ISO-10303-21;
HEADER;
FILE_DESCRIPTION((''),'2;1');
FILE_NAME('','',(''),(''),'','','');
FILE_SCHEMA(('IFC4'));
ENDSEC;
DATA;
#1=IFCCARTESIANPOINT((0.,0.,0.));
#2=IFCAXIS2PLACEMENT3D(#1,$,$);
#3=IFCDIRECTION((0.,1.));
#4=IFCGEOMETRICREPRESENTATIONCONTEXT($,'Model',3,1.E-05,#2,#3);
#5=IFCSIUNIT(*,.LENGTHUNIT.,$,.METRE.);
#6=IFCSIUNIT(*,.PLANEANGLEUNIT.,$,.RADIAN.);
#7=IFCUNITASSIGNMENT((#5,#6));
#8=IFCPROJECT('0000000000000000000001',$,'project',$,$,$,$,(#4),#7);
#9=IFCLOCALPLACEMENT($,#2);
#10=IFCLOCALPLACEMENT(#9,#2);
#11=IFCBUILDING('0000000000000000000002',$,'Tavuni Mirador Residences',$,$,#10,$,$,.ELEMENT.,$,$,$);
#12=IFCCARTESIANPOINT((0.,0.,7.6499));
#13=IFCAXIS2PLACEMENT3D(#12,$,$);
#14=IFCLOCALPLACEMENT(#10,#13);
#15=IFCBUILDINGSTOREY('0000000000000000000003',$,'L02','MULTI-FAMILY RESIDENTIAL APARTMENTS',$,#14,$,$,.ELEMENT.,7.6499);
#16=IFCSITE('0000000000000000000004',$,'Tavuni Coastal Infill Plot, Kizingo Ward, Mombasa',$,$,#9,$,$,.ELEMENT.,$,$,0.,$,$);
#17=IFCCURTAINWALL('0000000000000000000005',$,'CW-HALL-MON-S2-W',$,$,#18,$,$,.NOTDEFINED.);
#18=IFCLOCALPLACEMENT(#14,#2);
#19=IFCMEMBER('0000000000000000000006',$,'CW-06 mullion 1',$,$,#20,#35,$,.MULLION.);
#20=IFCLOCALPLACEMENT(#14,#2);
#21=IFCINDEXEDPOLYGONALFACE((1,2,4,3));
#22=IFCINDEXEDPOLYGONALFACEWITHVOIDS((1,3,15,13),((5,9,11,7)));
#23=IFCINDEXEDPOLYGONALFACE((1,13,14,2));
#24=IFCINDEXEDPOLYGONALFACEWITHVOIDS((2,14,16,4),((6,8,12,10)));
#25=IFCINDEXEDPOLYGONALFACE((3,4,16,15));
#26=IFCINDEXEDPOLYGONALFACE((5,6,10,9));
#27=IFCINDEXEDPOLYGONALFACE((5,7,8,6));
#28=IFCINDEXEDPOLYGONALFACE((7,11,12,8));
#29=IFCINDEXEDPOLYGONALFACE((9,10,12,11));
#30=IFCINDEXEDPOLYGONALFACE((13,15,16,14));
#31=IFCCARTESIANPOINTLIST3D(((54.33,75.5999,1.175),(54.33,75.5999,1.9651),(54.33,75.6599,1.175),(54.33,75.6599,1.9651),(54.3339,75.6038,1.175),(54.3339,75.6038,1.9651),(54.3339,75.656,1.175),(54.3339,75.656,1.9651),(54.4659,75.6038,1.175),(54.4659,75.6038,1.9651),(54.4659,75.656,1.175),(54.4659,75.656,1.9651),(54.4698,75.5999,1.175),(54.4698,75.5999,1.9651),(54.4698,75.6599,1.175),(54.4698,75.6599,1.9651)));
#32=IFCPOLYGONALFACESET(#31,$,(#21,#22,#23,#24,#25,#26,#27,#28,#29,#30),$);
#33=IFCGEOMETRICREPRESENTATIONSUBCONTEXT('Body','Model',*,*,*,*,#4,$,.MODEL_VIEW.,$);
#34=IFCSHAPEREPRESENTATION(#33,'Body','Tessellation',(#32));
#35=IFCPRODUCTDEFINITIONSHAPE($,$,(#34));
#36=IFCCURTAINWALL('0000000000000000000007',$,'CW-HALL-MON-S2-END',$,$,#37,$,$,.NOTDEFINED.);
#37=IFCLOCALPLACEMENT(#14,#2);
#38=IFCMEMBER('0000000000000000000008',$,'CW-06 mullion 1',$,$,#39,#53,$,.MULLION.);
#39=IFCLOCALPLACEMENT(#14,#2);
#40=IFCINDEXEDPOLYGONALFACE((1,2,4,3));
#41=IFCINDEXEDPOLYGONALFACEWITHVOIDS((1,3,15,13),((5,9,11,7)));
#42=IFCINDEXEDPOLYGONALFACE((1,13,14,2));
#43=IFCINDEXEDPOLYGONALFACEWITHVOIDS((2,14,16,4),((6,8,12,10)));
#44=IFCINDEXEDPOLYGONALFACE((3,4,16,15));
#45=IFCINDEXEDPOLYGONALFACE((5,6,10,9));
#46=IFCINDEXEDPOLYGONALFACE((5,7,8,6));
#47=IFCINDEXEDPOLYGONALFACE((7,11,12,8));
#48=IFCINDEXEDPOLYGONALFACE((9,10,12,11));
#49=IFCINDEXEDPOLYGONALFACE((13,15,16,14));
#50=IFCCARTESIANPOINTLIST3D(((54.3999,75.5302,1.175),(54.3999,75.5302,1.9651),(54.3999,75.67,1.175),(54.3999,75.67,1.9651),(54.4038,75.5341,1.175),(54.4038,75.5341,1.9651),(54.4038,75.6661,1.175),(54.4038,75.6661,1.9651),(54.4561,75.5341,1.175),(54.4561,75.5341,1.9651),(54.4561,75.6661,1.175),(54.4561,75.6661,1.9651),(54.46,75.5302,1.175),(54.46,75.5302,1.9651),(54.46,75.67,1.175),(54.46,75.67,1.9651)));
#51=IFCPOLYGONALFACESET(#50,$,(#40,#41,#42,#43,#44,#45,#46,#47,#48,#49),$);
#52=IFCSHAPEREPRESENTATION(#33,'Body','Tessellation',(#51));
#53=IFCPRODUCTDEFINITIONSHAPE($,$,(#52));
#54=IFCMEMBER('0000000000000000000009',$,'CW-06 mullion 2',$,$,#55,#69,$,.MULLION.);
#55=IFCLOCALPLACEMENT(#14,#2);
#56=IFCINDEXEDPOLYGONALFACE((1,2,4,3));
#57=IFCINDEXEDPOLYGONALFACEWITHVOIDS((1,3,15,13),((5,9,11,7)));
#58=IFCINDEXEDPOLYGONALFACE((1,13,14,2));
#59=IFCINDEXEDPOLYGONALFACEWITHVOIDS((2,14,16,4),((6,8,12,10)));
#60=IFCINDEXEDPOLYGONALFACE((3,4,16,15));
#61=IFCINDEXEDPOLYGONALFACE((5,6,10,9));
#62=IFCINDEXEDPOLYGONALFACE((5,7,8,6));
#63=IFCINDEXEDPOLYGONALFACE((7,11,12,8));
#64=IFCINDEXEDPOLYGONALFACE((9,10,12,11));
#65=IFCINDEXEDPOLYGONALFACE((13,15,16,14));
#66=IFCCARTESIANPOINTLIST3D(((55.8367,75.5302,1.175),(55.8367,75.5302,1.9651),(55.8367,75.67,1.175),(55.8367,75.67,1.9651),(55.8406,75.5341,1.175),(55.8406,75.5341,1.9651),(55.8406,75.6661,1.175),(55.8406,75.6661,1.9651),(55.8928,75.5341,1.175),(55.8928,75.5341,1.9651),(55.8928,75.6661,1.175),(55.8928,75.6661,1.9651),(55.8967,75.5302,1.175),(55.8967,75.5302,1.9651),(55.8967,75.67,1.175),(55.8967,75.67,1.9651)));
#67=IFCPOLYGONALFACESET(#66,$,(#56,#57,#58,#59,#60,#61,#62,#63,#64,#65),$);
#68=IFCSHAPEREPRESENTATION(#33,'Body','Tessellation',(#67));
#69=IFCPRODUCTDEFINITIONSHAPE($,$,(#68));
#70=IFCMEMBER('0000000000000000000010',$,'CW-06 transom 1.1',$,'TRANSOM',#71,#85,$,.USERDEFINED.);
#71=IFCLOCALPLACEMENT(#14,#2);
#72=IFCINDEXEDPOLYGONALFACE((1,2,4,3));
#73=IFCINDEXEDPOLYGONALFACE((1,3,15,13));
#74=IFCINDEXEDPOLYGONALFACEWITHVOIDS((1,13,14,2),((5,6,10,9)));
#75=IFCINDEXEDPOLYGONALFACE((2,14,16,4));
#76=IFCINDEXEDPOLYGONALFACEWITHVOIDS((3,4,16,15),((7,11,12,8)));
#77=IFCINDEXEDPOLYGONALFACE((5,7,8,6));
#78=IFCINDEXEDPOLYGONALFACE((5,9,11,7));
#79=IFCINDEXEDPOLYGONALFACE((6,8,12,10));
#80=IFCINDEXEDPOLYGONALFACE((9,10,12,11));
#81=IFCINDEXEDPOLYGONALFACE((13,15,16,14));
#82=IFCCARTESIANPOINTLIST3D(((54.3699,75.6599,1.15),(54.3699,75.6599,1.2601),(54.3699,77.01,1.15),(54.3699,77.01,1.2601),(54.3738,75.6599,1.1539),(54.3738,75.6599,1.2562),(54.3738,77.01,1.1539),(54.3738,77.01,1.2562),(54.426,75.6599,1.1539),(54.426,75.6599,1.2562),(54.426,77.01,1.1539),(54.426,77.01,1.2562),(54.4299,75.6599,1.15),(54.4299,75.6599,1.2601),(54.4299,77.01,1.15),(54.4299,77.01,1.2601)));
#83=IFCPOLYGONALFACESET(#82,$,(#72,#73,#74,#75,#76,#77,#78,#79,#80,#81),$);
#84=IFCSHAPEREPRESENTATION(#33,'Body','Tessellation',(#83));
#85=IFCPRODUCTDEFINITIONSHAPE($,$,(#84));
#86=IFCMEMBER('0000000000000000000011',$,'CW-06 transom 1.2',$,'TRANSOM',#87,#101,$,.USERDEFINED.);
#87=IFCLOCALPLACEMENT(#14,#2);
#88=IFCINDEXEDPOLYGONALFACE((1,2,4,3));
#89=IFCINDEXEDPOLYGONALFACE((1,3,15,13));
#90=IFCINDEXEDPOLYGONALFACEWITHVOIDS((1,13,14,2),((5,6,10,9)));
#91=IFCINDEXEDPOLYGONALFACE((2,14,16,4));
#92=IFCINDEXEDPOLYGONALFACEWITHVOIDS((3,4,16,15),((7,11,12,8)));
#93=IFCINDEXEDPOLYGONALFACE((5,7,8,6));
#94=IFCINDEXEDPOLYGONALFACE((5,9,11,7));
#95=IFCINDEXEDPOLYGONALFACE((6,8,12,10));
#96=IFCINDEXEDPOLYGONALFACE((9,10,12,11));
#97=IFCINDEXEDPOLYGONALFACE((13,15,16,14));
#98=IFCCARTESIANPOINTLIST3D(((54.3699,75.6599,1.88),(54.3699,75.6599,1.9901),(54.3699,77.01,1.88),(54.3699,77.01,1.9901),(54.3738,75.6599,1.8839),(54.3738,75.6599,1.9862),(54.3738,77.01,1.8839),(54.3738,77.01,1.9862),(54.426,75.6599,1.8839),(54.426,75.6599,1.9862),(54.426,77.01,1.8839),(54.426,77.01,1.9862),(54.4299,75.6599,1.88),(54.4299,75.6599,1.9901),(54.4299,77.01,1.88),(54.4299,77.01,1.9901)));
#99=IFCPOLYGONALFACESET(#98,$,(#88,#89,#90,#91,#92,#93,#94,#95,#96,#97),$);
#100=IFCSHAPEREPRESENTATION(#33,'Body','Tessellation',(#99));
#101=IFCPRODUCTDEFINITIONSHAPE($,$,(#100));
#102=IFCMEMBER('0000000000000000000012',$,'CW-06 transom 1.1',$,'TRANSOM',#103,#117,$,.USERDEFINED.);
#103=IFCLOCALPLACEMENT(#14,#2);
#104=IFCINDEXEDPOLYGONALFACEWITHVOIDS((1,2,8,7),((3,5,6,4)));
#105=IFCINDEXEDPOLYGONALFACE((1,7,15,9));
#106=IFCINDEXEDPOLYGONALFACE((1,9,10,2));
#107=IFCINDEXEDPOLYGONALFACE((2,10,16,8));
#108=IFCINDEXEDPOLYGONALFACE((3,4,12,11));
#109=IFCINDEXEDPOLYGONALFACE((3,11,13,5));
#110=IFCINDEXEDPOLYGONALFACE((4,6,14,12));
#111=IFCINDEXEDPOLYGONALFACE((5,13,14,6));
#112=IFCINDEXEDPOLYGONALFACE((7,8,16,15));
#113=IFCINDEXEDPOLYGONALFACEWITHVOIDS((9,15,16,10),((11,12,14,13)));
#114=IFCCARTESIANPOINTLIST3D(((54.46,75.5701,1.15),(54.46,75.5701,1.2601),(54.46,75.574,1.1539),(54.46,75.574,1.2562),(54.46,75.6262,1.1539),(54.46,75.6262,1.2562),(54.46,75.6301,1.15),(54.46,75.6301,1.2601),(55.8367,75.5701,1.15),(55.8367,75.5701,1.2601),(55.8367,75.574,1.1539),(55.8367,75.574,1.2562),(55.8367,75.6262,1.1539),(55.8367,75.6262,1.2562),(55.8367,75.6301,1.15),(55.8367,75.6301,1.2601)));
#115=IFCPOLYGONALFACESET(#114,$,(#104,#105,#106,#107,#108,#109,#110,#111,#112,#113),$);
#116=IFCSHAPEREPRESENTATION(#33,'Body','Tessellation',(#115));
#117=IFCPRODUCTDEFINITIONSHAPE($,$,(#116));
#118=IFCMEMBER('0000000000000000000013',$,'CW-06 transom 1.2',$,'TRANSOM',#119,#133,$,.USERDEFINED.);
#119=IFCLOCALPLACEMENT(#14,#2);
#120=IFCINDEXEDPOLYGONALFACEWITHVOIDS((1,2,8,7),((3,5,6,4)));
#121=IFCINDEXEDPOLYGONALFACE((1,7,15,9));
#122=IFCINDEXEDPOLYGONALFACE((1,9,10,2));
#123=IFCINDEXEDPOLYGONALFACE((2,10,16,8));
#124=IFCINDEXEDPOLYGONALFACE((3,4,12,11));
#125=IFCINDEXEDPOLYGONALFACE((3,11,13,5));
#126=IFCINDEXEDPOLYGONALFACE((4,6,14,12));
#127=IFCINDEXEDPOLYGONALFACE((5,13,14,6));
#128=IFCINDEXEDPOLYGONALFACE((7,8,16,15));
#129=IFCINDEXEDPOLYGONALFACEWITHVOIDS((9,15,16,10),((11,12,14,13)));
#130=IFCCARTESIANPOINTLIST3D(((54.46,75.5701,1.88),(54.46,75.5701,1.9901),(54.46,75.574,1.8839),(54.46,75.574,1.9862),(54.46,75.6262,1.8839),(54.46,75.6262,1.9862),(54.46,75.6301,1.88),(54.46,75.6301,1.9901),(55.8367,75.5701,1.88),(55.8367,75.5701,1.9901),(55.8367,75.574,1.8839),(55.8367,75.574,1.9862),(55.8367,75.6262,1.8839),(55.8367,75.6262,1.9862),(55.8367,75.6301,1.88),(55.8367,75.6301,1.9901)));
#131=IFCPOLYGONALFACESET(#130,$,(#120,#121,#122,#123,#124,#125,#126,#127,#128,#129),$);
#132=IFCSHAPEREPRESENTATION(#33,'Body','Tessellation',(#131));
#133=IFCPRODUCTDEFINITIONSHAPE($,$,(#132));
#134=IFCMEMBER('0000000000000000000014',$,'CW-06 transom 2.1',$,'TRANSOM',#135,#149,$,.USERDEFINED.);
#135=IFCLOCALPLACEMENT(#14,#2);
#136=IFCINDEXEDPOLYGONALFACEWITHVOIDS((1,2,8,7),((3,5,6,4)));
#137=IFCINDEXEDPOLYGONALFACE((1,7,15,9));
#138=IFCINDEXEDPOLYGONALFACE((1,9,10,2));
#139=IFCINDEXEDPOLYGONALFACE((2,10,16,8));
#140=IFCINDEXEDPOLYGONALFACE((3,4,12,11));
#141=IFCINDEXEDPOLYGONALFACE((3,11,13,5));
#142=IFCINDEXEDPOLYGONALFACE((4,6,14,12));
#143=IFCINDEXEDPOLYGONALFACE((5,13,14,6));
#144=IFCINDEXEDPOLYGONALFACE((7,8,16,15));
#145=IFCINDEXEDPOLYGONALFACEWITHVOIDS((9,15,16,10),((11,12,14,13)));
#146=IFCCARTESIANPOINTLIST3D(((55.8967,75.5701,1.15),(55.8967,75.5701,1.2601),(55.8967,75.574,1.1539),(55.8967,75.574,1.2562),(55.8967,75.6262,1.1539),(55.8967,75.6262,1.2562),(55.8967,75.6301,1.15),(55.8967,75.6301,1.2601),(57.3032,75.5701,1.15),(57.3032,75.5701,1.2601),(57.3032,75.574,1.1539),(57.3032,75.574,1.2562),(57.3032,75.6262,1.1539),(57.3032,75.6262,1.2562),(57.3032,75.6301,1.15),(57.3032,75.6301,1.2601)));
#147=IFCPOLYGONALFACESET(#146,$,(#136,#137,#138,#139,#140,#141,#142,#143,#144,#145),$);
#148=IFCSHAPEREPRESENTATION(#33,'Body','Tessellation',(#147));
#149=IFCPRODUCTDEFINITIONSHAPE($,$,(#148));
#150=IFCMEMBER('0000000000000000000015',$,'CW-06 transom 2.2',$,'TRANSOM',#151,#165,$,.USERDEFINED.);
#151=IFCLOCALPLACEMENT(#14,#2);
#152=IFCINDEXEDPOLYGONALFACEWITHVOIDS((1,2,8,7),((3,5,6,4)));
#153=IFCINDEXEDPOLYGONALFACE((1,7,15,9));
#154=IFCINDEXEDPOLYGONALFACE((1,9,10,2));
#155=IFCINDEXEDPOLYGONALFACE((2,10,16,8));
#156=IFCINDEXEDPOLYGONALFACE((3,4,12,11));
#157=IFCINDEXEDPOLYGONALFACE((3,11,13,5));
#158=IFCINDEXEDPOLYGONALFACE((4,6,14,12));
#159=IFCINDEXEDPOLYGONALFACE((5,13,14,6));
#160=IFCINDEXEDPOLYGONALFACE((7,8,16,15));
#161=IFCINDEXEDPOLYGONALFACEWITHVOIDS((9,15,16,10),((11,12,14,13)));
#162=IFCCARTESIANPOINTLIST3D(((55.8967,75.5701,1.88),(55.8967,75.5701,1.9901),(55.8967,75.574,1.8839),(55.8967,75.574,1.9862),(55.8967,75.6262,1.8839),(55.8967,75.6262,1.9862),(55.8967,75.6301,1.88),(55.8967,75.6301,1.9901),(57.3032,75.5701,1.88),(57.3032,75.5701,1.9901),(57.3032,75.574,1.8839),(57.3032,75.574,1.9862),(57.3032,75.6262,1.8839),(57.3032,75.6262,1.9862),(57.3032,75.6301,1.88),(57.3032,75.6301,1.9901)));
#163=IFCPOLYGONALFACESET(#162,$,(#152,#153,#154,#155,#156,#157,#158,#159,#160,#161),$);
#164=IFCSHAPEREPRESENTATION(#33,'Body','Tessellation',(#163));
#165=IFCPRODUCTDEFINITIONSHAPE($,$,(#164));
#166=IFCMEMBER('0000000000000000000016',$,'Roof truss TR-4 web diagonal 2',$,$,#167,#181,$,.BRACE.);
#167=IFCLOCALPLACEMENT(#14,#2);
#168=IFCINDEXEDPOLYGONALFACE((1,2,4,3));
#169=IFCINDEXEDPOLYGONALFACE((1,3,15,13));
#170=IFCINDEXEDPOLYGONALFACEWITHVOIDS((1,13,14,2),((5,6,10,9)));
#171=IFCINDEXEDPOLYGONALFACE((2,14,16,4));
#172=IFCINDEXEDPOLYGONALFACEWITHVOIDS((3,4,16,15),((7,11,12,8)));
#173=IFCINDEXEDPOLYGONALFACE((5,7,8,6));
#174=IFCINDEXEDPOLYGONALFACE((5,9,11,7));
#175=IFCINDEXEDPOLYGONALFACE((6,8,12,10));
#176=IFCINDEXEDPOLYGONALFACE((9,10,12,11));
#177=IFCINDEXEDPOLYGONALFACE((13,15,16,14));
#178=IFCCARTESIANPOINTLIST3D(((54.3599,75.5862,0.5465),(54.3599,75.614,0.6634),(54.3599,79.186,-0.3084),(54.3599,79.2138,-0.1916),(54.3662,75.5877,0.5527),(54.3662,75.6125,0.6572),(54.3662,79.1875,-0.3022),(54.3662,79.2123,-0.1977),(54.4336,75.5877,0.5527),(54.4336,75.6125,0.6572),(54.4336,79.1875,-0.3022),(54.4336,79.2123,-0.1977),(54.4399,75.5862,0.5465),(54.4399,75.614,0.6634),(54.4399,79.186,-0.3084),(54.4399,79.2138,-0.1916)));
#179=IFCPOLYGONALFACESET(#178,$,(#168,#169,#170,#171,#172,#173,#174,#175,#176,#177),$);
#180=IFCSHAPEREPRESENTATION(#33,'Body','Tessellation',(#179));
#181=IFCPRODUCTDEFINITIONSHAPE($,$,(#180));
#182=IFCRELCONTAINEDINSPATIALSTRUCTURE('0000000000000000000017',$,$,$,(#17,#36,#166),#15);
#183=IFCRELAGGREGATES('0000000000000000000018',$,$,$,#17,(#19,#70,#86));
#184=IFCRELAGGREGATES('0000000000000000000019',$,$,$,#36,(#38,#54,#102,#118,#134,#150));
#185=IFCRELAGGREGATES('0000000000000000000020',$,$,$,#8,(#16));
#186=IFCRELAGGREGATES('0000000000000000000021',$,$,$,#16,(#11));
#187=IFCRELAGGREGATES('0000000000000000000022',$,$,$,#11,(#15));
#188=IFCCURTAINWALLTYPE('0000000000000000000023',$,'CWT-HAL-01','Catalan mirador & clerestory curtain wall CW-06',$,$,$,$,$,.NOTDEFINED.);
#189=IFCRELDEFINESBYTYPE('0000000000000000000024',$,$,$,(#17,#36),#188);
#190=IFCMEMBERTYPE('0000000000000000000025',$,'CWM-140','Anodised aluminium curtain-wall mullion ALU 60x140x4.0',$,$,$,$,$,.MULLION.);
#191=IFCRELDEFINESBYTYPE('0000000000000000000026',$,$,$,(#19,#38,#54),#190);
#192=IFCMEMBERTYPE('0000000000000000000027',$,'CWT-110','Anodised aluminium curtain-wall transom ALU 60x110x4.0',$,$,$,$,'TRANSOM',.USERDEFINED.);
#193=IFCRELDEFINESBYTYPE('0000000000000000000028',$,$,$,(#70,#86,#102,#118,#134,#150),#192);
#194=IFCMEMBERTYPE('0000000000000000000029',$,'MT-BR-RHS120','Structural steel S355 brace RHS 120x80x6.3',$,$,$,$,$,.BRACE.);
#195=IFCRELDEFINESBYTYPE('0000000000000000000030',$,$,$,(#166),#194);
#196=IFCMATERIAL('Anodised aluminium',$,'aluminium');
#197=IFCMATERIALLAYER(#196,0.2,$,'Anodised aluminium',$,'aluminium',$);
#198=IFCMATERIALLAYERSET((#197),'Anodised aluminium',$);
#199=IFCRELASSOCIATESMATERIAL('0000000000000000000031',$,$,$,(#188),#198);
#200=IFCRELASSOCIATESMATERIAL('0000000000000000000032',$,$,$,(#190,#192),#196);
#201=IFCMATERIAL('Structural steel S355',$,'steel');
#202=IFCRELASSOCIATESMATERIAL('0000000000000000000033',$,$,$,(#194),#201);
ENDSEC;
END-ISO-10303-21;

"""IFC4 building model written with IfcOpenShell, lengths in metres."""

from ifc_helpers import new_model, si_unit, direction, frame, origin, origin_2d, place, context, subcontext, project, spatial, hollow_rectangle, extrude, material, layer, layer_set, material_profile, profile_set, type_object, element, aggregate, save


model = new_model("IFC4")

# Units and contexts
model_context = context("Model", 3, precision=1e-05, world=origin(), true_north=direction((0.0, 1.0)))
body_context = subcontext(model_context, "Body", "Model", "MODEL_VIEW")
ifc_project = project(units=[si_unit("LENGTHUNIT", "METRE"), si_unit("PLANEANGLEUNIT", "RADIAN")], contexts=[model_context])

# Site, building, storey
site_placement = place(None, origin())
site = spatial("IfcSite", under=ifc_project, at=site_placement, Name="Tavuni Coastal Infill Plot, Kizingo Ward, Mombasa", CompositionType="ELEMENT", RefElevation=0.0)
building_placement = place(site_placement, origin())
building = spatial("IfcBuilding", under=site, at=building_placement, Name="Tavuni Mirador Residences", CompositionType="ELEMENT")
storey_placement = place(building_placement, frame((0.0, 0.0, 7.6499)))
storey = spatial("IfcBuildingStorey", under=building, at=storey_placement, Name="L02", Description="MULTI-FAMILY RESIDENTIAL APARTMENTS", CompositionType="ELEMENT", Elevation=7.6499)

# Curtain wall, member
ifc_material_1 = material(Name="Anodised aluminium", Category="aluminium")
ifc_layer_1 = layer(ifc_material_1, 0.2, Name="Anodised aluminium", Category="aluminium")
ifc_layer_set_1 = layer_set([ifc_layer_1], Name="Anodised aluminium")
curtain_wall_type = type_object("IfcCurtainWallType", Name="CWT-HAL-01", Description="Catalan mirador & clerestory curtain wall CW-06", PredefinedType="NOTDEFINED", material=ifc_layer_set_1)
curtain_wall_1_placement = place(storey_placement, origin())
curtain_wall_1 = element("IfcCurtainWall", 1, at=curtain_wall_1_placement, inside=storey, type_object=curtain_wall_type, Name="CW-HALL-MON-S2-W", PredefinedType="NOTDEFINED")
ifc_material_profile_1 = material_profile(ifc_material_1, hollow_rectangle(XDim=0.0601, YDim=0.1399, WallThickness=0.0039, at=origin_2d()), Name="ALU 60x140x4.0", Category="aluminium")
ifc_profile_set_1 = profile_set([ifc_material_profile_1], Name="Anodised aluminium")
member_type_1 = type_object("IfcMemberType", Name="CWM-140", Description="Anodised aluminium curtain-wall mullion ALU 60x140x4.0", PredefinedType="MULLION", material=ifc_profile_set_1)
member_1_placement = place(storey_placement, frame((54.3999, 75.6299, 1.175), z_axis=(0.0, 0.0, 1.0), x_axis=(0.0, 1.0, 0.0)))
member_1 = element("IfcMember", 2, at=member_1_placement, type_object=member_type_1, Name="CW-06 mullion 1", PredefinedType="MULLION", context=body_context, shape_type="SweptSolid", body=[
    extrude(hollow_rectangle(XDim=0.0601, YDim=0.1399, WallThickness=0.0039, at=origin_2d()), origin(), (0.0, 0.0, 1.0), 0.79),
])

# Curtain wall, members
curtain_wall_2_placement = place(storey_placement, origin())
curtain_wall_2 = element("IfcCurtainWall", 3, at=curtain_wall_2_placement, inside=storey, type_object=curtain_wall_type, Name="CW-HALL-MON-S2-END", PredefinedType="NOTDEFINED")
member_2_placement = place(storey_placement, frame((54.4299, 75.6001, 1.175), z_axis=(0.0, 0.0, 1.0), x_axis=(1.0, 0.0, 0.0)))
member_2 = element("IfcMember", 4, at=member_2_placement, type_object=member_type_1, Name="CW-06 mullion 1", PredefinedType="MULLION", context=body_context, shape_type="SweptSolid", body=[
    extrude(hollow_rectangle(XDim=0.0601, YDim=0.1399, WallThickness=0.0039, at=origin_2d()), origin(), (0.0, 0.0, 1.0), 0.79),
])
member_3_placement = place(storey_placement, frame((55.8667, 75.6001, 1.175), z_axis=(0.0, 0.0, 1.0), x_axis=(1.0, 0.0, 0.0)))
member_3 = element("IfcMember", 5, at=member_3_placement, type_object=member_type_1, Name="CW-06 mullion 2", PredefinedType="MULLION", context=body_context, shape_type="SweptSolid", body=[
    extrude(hollow_rectangle(XDim=0.0601, YDim=0.1399, WallThickness=0.0039, at=origin_2d()), origin(), (0.0, 0.0, 1.0), 0.79),
])

# Members
ifc_material_profile_2 = material_profile(ifc_material_1, hollow_rectangle(XDim=0.0601, YDim=0.1101, WallThickness=0.0039, at=origin_2d()), Name="ALU 60x110x4.0", Category="aluminium")
ifc_profile_set_2 = profile_set([ifc_material_profile_2], Name="Anodised aluminium")
member_type_2 = type_object("IfcMemberType", Name="CWT-110", Description="Anodised aluminium curtain-wall transom ALU 60x110x4.0", ElementType="TRANSOM", PredefinedType="USERDEFINED", material=ifc_profile_set_2)
member_4_placement = place(storey_placement, frame((54.3999, 75.6599, 1.2051), z_axis=(0.0, 1.0, 0.0), x_axis=(-1.0, 0.0, 0.0)))
member_4 = element("IfcMember", 6, at=member_4_placement, type_object=member_type_2, Name="CW-06 transom 1.1", ObjectType="TRANSOM", PredefinedType="USERDEFINED", context=body_context, shape_type="SweptSolid", body=[
    extrude(hollow_rectangle(XDim=0.0601, YDim=0.1101, WallThickness=0.0039, at=origin_2d()), origin(), (0.0, 0.0, 1.0), 1.3501),
])
member_5_placement = place(storey_placement, frame((54.3999, 75.6599, 1.9351), z_axis=(0.0, 1.0, 0.0), x_axis=(-1.0, 0.0, 0.0)))
member_5 = element("IfcMember", 7, at=member_5_placement, type_object=member_type_2, Name="CW-06 transom 1.2", ObjectType="TRANSOM", PredefinedType="USERDEFINED", context=body_context, shape_type="SweptSolid", body=[
    extrude(hollow_rectangle(XDim=0.0601, YDim=0.1101, WallThickness=0.0039, at=origin_2d()), origin(), (0.0, 0.0, 1.0), 1.3501),
])
aggregate(curtain_wall_1, [member_1, member_4, member_5])
member_6_placement = place(storey_placement, frame((54.46, 75.6001, 1.2051), z_axis=(1.0, 0.0, 0.0), x_axis=(0.0, 1.0, 0.0)))
member_6 = element("IfcMember", 8, at=member_6_placement, type_object=member_type_2, Name="CW-06 transom 1.1", ObjectType="TRANSOM", PredefinedType="USERDEFINED", context=body_context, shape_type="SweptSolid", body=[
    extrude(hollow_rectangle(XDim=0.0601, YDim=0.1101, WallThickness=0.0039, at=origin_2d()), origin(), (0.0, 0.0, 1.0), 1.3767),
])
member_7_placement = place(storey_placement, frame((54.46, 75.6001, 1.9351), z_axis=(1.0, 0.0, 0.0), x_axis=(0.0, 1.0, 0.0)))
member_7 = element("IfcMember", 9, at=member_7_placement, type_object=member_type_2, Name="CW-06 transom 1.2", ObjectType="TRANSOM", PredefinedType="USERDEFINED", context=body_context, shape_type="SweptSolid", body=[
    extrude(hollow_rectangle(XDim=0.0601, YDim=0.1101, WallThickness=0.0039, at=origin_2d()), origin(), (0.0, 0.0, 1.0), 1.3767),
])
member_8_placement = place(storey_placement, frame((55.8967, 75.6001, 1.2051), z_axis=(1.0, 0.0, 0.0), x_axis=(0.0, 1.0, 0.0)))
member_8 = element("IfcMember", 10, at=member_8_placement, type_object=member_type_2, Name="CW-06 transom 2.1", ObjectType="TRANSOM", PredefinedType="USERDEFINED", context=body_context, shape_type="SweptSolid", body=[
    extrude(hollow_rectangle(XDim=0.0601, YDim=0.1101, WallThickness=0.0039, at=origin_2d()), origin(), (0.0, 0.0, 1.0), 1.4065),
])
member_9_placement = place(storey_placement, frame((55.8967, 75.6001, 1.9351), z_axis=(1.0, 0.0, 0.0), x_axis=(0.0, 1.0, 0.0)))
member_9 = element("IfcMember", 11, at=member_9_placement, type_object=member_type_2, Name="CW-06 transom 2.2", ObjectType="TRANSOM", PredefinedType="USERDEFINED", context=body_context, shape_type="SweptSolid", body=[
    extrude(hollow_rectangle(XDim=0.0601, YDim=0.1101, WallThickness=0.0039, at=origin_2d()), origin(), (0.0, 0.0, 1.0), 1.4065),
])

# Member
ifc_material_2 = material(Name="Structural steel S355", Category="steel")
ifc_material_profile_3 = material_profile(ifc_material_2, hollow_rectangle(XDim=0.0801, YDim=0.1201, WallThickness=0.0063, at=origin_2d()), Name="RHS 120x80x6.3", Category="steel")
ifc_profile_set_3 = profile_set([ifc_material_profile_3], Name="Structural steel S355")
member_type_3 = type_object("IfcMemberType", Name="MT-BR-RHS120", Description="Structural steel S355 brace RHS 120x80x6.3", PredefinedType="BRACE", material=ifc_profile_set_3)
member_10_placement = place(storey_placement, frame((54.3999, 75.6001, 0.605), z_axis=(0.0, 0.972936, -0.231076), x_axis=(-1.0, 0.0, 0.0)))
element("IfcMember", 12, at=member_10_placement, inside=storey, type_object=member_type_3, Name="Roof truss TR-4 web diagonal 2", PredefinedType="BRACE", context=body_context, shape_type="SweptSolid", body=[
    extrude(hollow_rectangle(XDim=0.0801, YDim=0.1201, WallThickness=0.0063, at=origin_2d()), origin(), (0.0, 0.0, 1.0), 3.7),
])

aggregate(curtain_wall_2, [member_2, member_3, member_6, member_7, member_8, member_9])

save(model, "model.ifc")
